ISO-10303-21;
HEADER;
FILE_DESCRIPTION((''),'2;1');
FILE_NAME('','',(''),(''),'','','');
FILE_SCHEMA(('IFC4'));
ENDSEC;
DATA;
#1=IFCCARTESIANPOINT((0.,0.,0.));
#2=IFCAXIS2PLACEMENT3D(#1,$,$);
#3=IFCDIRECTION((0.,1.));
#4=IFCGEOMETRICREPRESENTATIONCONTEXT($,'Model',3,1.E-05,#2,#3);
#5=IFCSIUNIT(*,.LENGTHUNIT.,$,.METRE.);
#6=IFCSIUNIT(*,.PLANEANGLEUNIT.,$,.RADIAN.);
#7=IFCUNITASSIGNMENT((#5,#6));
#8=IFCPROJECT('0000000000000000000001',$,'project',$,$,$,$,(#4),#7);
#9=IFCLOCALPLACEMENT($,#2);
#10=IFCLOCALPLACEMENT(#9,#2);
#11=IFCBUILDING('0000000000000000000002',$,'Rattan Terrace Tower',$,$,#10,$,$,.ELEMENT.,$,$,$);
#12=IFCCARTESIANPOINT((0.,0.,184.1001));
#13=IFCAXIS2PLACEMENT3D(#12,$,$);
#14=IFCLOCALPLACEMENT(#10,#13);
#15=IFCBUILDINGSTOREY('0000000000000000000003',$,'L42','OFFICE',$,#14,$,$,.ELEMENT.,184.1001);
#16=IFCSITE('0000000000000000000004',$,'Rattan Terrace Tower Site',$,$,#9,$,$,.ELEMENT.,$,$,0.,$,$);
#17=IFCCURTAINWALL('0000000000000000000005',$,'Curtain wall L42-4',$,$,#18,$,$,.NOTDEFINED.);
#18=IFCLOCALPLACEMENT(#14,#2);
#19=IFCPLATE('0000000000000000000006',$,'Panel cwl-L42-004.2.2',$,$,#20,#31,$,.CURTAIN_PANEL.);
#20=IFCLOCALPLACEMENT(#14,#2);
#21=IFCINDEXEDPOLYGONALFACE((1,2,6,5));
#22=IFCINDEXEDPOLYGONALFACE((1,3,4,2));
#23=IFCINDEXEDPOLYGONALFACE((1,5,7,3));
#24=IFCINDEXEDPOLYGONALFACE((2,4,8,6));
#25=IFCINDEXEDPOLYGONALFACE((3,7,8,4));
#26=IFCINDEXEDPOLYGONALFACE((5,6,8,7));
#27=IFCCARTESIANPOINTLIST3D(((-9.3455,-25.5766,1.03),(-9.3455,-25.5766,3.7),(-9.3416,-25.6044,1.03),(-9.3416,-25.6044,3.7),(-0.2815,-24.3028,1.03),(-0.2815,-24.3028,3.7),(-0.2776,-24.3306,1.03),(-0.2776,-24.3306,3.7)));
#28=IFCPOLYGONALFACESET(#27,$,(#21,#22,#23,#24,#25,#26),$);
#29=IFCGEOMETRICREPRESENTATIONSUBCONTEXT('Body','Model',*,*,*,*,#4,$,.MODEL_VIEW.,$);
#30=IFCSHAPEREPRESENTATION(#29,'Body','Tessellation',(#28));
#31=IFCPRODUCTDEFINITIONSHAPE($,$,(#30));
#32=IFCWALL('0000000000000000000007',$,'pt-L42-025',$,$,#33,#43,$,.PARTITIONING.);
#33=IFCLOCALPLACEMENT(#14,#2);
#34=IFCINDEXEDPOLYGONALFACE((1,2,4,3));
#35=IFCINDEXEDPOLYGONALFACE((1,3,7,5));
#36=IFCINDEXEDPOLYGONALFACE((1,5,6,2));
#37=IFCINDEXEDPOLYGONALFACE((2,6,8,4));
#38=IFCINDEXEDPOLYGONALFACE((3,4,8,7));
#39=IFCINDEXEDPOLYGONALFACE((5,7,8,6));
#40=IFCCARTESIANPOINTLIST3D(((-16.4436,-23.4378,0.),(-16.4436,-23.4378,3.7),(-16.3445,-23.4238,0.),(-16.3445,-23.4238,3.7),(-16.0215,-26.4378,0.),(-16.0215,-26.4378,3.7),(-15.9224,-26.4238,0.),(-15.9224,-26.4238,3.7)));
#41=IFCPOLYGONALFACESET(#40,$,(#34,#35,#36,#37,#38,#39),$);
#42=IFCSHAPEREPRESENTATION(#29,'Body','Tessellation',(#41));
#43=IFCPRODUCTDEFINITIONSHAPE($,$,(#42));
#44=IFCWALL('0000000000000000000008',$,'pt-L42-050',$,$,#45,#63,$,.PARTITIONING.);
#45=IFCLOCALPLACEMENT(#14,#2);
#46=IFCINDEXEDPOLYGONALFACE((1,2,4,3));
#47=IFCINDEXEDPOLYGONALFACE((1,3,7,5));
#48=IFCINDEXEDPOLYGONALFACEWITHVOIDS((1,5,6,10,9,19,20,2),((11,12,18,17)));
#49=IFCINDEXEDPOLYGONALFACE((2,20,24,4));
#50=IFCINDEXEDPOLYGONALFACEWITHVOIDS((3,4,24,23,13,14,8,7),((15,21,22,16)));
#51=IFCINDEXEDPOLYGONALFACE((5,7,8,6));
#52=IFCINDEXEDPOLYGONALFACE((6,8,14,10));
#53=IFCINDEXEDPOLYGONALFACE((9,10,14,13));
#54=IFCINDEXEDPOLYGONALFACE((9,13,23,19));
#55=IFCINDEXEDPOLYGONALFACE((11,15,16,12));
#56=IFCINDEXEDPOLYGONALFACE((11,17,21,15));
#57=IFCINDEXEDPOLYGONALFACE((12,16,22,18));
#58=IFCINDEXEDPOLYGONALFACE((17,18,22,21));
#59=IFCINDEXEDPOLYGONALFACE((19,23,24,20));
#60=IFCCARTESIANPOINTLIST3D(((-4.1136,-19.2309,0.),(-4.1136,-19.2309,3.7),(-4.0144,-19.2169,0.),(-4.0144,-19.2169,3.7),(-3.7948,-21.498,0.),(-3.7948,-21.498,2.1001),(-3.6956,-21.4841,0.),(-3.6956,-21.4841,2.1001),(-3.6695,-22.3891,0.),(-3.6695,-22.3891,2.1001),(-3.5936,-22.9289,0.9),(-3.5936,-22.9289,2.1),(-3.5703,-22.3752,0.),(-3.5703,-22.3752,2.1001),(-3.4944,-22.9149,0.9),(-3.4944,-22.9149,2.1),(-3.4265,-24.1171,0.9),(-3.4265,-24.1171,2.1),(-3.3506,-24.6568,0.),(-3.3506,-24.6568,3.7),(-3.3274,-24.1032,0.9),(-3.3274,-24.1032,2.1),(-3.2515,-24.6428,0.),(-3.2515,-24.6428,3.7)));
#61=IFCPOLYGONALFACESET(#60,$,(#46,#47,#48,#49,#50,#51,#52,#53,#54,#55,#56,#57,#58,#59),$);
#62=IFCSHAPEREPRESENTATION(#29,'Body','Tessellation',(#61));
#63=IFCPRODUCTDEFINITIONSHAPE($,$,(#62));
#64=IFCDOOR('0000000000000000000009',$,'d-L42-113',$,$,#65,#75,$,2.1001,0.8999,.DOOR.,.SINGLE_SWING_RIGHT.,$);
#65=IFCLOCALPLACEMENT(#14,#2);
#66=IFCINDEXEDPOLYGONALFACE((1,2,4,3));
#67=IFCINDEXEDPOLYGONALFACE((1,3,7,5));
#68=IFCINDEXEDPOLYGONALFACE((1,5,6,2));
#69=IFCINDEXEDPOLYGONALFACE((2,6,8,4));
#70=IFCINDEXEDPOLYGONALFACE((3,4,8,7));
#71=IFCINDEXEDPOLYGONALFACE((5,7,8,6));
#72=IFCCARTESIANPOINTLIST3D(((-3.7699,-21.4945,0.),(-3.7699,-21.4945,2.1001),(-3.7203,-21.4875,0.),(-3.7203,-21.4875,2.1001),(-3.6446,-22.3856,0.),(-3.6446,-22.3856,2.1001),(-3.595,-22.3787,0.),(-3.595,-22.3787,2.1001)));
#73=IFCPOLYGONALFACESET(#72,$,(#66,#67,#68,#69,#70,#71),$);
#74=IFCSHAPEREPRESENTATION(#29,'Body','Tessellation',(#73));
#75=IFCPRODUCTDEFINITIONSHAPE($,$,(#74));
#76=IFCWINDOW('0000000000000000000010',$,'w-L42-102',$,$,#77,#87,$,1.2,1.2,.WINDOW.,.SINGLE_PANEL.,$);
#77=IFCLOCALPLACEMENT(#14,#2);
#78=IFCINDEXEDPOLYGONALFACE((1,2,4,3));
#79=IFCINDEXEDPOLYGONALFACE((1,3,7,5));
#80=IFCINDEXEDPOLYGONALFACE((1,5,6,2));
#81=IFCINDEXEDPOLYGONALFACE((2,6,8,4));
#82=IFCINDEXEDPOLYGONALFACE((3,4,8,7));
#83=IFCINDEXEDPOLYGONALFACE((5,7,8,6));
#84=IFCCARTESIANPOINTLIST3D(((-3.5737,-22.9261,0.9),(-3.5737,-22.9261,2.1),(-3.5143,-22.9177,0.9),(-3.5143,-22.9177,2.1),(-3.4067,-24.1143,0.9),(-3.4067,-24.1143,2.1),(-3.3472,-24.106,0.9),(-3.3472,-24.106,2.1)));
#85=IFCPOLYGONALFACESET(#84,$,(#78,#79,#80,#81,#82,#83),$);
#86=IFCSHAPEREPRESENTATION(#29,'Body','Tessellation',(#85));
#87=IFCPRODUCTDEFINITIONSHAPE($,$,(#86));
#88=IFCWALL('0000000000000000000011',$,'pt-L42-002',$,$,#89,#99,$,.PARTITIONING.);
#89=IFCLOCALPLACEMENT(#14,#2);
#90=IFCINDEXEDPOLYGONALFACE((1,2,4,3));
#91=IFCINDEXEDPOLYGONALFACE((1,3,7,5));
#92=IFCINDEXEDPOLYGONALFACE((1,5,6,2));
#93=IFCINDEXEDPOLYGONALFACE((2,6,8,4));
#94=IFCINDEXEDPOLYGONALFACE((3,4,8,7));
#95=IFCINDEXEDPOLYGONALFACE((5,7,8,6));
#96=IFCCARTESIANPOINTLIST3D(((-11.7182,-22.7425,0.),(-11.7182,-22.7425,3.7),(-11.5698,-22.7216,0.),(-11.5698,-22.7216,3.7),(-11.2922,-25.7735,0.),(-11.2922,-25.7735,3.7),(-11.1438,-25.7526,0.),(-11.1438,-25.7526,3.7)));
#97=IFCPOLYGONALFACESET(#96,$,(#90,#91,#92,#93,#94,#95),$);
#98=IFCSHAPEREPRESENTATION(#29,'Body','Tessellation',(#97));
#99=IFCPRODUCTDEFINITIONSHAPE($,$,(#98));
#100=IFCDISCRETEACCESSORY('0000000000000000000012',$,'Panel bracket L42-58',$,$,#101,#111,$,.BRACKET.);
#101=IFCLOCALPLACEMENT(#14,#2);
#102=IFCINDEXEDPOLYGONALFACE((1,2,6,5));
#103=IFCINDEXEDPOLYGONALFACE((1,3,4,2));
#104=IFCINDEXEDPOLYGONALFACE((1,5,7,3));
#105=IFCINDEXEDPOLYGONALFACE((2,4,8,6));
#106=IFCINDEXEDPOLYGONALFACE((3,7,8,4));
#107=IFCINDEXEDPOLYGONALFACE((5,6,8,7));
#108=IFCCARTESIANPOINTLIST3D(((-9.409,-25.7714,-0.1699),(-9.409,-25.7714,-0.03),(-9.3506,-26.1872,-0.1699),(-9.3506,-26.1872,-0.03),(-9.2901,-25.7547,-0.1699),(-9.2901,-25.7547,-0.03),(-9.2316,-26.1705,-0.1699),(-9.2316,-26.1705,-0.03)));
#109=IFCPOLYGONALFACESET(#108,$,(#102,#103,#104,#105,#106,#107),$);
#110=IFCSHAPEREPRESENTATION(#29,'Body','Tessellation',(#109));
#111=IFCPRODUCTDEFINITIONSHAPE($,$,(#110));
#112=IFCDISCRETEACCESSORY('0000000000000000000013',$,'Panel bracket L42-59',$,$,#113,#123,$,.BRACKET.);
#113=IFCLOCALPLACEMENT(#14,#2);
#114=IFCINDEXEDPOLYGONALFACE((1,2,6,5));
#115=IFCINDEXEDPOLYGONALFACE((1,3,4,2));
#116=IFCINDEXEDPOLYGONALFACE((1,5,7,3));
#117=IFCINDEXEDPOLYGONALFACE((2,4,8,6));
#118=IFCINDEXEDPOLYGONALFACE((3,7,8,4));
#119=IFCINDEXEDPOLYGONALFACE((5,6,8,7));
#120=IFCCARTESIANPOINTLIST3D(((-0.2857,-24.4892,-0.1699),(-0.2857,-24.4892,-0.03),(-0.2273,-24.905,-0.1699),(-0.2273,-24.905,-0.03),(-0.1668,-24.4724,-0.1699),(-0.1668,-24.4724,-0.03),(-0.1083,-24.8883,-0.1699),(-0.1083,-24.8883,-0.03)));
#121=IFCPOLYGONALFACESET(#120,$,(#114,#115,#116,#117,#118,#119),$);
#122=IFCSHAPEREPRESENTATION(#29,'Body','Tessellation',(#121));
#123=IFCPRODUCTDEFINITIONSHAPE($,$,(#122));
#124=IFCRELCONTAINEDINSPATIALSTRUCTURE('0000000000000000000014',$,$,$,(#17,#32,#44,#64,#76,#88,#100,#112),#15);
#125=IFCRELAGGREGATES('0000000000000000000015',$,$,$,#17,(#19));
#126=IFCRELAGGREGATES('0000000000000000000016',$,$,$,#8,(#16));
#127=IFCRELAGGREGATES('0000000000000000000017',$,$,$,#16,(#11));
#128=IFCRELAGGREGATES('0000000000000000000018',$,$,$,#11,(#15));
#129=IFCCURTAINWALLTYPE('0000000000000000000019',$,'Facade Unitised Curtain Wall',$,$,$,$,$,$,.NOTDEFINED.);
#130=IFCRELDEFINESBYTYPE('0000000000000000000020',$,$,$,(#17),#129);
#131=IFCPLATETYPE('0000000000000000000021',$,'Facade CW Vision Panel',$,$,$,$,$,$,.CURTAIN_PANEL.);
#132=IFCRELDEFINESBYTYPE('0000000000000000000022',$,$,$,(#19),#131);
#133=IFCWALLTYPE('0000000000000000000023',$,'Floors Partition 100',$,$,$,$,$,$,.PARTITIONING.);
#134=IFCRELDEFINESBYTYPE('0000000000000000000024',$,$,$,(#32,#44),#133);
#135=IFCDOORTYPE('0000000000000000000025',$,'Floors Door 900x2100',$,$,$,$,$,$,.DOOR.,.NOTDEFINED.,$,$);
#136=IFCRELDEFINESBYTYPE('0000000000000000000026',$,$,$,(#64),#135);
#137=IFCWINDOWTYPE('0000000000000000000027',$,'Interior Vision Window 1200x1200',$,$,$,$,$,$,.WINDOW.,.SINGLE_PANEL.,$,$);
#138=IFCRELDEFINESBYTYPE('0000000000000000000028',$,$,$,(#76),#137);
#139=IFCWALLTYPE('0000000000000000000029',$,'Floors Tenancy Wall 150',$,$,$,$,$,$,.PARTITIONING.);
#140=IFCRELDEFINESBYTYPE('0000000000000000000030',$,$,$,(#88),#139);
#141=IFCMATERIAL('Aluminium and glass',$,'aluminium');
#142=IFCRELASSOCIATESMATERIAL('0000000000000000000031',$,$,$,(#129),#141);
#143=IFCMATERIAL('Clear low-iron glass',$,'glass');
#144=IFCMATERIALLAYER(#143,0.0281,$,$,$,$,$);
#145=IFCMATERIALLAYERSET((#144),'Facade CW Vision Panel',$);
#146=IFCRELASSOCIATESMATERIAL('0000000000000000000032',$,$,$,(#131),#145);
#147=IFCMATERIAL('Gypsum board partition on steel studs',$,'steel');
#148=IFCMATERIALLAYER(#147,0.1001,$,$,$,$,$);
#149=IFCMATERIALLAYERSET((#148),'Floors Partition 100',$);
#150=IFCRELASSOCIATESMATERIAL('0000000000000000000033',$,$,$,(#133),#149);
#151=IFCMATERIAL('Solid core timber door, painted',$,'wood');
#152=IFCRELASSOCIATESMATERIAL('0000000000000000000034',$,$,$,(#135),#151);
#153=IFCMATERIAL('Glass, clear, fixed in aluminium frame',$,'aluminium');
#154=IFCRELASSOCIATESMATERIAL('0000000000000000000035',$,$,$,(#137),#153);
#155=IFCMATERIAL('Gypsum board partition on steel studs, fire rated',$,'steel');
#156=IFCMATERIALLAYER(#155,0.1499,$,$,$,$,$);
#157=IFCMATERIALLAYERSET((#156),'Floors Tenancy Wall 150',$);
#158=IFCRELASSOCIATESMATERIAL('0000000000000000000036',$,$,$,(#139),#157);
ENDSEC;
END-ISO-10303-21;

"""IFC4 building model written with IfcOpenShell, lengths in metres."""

from ifc_helpers import new_model, si_unit, direction, frame, frame_2d, origin, origin_2d, place, context, subcontext, project, spatial, rectangle, extrude, material, layer, layer_set, type_object, element, fill, aggregate, save


model = new_model("IFC4")

# Units and contexts
model_context = context("Model", 3, precision=1e-05, world=origin(), true_north=direction((0.0, 1.0)))
body_context = subcontext(model_context, "Body", "Model", "MODEL_VIEW")
ifc_project = project(units=[si_unit("LENGTHUNIT", "METRE"), si_unit("PLANEANGLEUNIT", "RADIAN")], contexts=[model_context])

# Site, building, storey
site_placement = place(None, origin())
site = spatial("IfcSite", under=ifc_project, at=site_placement, Name="Rattan Terrace Tower Site", CompositionType="ELEMENT", RefElevation=0.0)
building_placement = place(site_placement, origin())
building = spatial("IfcBuilding", under=site, at=building_placement, Name="Rattan Terrace Tower", CompositionType="ELEMENT")
storey_placement = place(building_placement, frame((0.0, 0.0, 184.1001)))
storey = spatial("IfcBuildingStorey", under=building, at=storey_placement, Name="L42", Description="OFFICE", CompositionType="ELEMENT", Elevation=184.1001)

# Curtain wall
ifc_material_1 = material(Name="Aluminium and glass", Category="aluminium")
curtain_wall_type = type_object("IfcCurtainWallType", Name="Facade Unitised Curtain Wall", PredefinedType="NOTDEFINED", material=ifc_material_1)
curtain_wall_placement = place(storey_placement, origin())
curtain_wall = element("IfcCurtainWall", 1, at=curtain_wall_placement, inside=storey, type_object=curtain_wall_type, Name="Curtain wall L42-4", PredefinedType="NOTDEFINED")

# Plate
ifc_material_2 = material(Name="Clear low-iron glass", Category="glass")
ifc_layer_1 = layer(ifc_material_2, 0.0281)
ifc_layer_set_1 = layer_set([ifc_layer_1], Name="Facade CW Vision Panel")
plate_type_1 = type_object("IfcPlateType", Name="Facade CW Vision Panel", PredefinedType="CURTAIN_PANEL", material=ifc_layer_set_1)
plate_1_placement = place(storey_placement, frame((-4.8115, -24.9536, 1.03), z_axis=(0.0, 0.0, 1.0), x_axis=(0.99027, 0.139161, 0.0)))
plate_1 = element("IfcPlate", 2, at=plate_1_placement, type_object=plate_type_1, Name="Panel cwl-L42-004.2.2", PredefinedType="CURTAIN_PANEL", context=body_context, shape_type="SweptSolid", body=[
    extrude(rectangle(XDim=9.1531, YDim=0.0281, at=origin_2d()), origin(), (0.0, 0.0, 1.0), 2.6699),
])
aggregate(curtain_wall, [plate_1])

# Wall
ifc_material_3 = material(Name="Gypsum board partition on steel studs", Category="steel")
ifc_layer_2 = layer(ifc_material_3, 0.1001)
ifc_layer_set_2 = layer_set([ifc_layer_2], Name="Floors Partition 100")
wall_type_1 = type_object("IfcWallType", Name="Floors Partition 100", PredefinedType="PARTITIONING", material=ifc_layer_set_2)
wall_1_placement = place(storey_placement, frame((-16.394, -23.4309, 0.0), z_axis=(0.0, 0.0, 1.0), x_axis=(0.139334, -0.990245, 0.0)))
element("IfcWall", 3, at=wall_1_placement, inside=storey, type_object=wall_type_1, Name="pt-L42-025", PredefinedType="PARTITIONING", context=body_context, shape_type="SweptSolid", body=[
    extrude(rectangle(XDim=3.0295, YDim=0.1001, at=frame_2d((1.5146, 0.0))), origin(), (0.0, 0.0, 1.0), 3.7),
])

# Wall, openings, door, window
wall_2_placement = place(storey_placement, frame((-3.301, -24.6499, 0.0), z_axis=(0.0, 0.0, 1.0), x_axis=(-0.139244, 0.990258, 0.0)))
wall_2 = element("IfcWall", 4, at=wall_2_placement, inside=storey, type_object=wall_type_1, Name="pt-L42-050", PredefinedType="PARTITIONING", context=body_context, shape_type="SweptSolid", body=[
    extrude(rectangle(XDim=5.4792, YDim=0.1001, at=frame_2d((2.7397, 0.0))), origin(), (0.0, 0.0, 1.0), 3.7),
])
opening_1_placement = place(wall_2_placement, frame((2.29, 0.0, 0.0)))
opening_1 = element("IfcOpeningElement", 5, at=opening_1_placement, cuts=wall_2, PredefinedType="OPENING", context=body_context, shape_type="SweptSolid", body=[
    extrude(rectangle(XDim=0.8999, YDim=2.1001, at=frame_2d((0.45, 1.05))), frame((0.0, 0.0605, 0.0), z_axis=(0.0, -1.0, 0.0), x_axis=(1.0, 0.0, 0.0)), (0.0, 0.0, 1.0), 0.1211),
])
opening_2_placement = place(wall_2_placement, frame((0.5449, 0.0, 0.8999)))
opening_2 = element("IfcOpeningElement", 6, at=opening_2_placement, cuts=wall_2, PredefinedType="OPENING", context=body_context, shape_type="SweptSolid", body=[
    extrude(rectangle(XDim=1.2, YDim=1.2, at=frame_2d((0.6001, 0.6001))), frame((0.0, 0.0605, 0.0), z_axis=(0.0, -1.0, 0.0), x_axis=(1.0, 0.0, 0.0)), (0.0, 0.0, 1.0), 0.1211),
])
ifc_material_4 = material(Name="Solid core timber door, painted", Category="wood")
door_type = type_object("IfcDoorType", Name="Floors Door 900x2100", OperationType="NOTDEFINED", PredefinedType="DOOR", material=ifc_material_4)
door_placement = place(opening_1_placement, origin())
door = element("IfcDoor", 7, at=door_placement, inside=storey, type_object=door_type, Name="d-L42-113", OperationType="SINGLE_SWING_RIGHT", OverallHeight=2.1001, OverallWidth=0.8999, PredefinedType="DOOR", context=body_context, shape_type="SweptSolid", body=[
    extrude(rectangle(XDim=0.8999, YDim=2.1001, at=frame_2d((0.45, 1.05))), frame((0.0, 0.0249, 0.0), z_axis=(0.0, -1.0, 0.0), x_axis=(1.0, 0.0, 0.0)), (0.0, 0.0, 1.0), 0.05),
])
fill(opening_1, door)
ifc_material_5 = material(Name="Glass, clear, fixed in aluminium frame", Category="aluminium")
window_type = type_object("IfcWindowType", Name="Interior Vision Window 1200x1200", PartitioningType="SINGLE_PANEL", PredefinedType="WINDOW", material=ifc_material_5)
window_placement = place(opening_2_placement, origin())
window = element("IfcWindow", 8, at=window_placement, inside=storey, type_object=window_type, Name="w-L42-102", OverallHeight=1.2, OverallWidth=1.2, PartitioningType="SINGLE_PANEL", PredefinedType="WINDOW", context=body_context, shape_type="SweptSolid", body=[
    extrude(rectangle(XDim=1.2, YDim=1.2, at=frame_2d((0.6001, 0.6001))), frame((0.0, 0.03, 0.0), z_axis=(0.0, -1.0, 0.0), x_axis=(1.0, 0.0, 0.0)), (0.0, 0.0, 1.0), 0.0601),
])
fill(opening_2, window)

# Wall
ifc_material_6 = material(Name="Gypsum board partition on steel studs, fire rated", Category="steel")
ifc_layer_3 = layer(ifc_material_6, 0.1499)
ifc_layer_set_3 = layer_set([ifc_layer_3], Name="Floors Tenancy Wall 150")
wall_type_2 = type_object("IfcWallType", Name="Floors Tenancy Wall 150", PredefinedType="PARTITIONING", material=ifc_layer_set_3)
wall_3_placement = place(storey_placement, frame((-11.218, -25.7629, 0.0), z_axis=(0.0, 0.0, 1.0), x_axis=(-0.139188, 0.990266, 0.0)))
element("IfcWall", 9, at=wall_3_placement, inside=storey, type_object=wall_type_2, Name="pt-L42-002", PredefinedType="PARTITIONING", context=body_context, shape_type="SweptSolid", body=[
    extrude(rectangle(XDim=3.0608, YDim=0.1499, at=frame_2d((1.5303, 0.0))), origin(), (0.0, 0.0, 1.0), 3.7),
])

# Discrete accessories
for number, where, z_axis, x_axis, name in (
    (10, (-9.3203, -25.9709, -0.1699), (0.0, 0.0, 1.0), (0.99027, 0.139161, 0.0), "Panel bracket L42-58"),
    (11, (-0.197, -24.6887, -0.1699), (0.0, 0.0, 1.0), (0.99027, 0.139161, 0.0), "Panel bracket L42-59"),
):
    element("IfcDiscreteAccessory", number, at=place(storey_placement, frame(where, z_axis=z_axis, x_axis=x_axis)), inside=storey, Name=name, PredefinedType="BRACKET", context=body_context, shape_type="SweptSolid", body=[
        extrude(rectangle(XDim=0.1201, YDim=0.4199, at=origin_2d()), origin(), (0.0, 0.0, 1.0), 0.1399),
    ])

save(model, "model.ifc")
